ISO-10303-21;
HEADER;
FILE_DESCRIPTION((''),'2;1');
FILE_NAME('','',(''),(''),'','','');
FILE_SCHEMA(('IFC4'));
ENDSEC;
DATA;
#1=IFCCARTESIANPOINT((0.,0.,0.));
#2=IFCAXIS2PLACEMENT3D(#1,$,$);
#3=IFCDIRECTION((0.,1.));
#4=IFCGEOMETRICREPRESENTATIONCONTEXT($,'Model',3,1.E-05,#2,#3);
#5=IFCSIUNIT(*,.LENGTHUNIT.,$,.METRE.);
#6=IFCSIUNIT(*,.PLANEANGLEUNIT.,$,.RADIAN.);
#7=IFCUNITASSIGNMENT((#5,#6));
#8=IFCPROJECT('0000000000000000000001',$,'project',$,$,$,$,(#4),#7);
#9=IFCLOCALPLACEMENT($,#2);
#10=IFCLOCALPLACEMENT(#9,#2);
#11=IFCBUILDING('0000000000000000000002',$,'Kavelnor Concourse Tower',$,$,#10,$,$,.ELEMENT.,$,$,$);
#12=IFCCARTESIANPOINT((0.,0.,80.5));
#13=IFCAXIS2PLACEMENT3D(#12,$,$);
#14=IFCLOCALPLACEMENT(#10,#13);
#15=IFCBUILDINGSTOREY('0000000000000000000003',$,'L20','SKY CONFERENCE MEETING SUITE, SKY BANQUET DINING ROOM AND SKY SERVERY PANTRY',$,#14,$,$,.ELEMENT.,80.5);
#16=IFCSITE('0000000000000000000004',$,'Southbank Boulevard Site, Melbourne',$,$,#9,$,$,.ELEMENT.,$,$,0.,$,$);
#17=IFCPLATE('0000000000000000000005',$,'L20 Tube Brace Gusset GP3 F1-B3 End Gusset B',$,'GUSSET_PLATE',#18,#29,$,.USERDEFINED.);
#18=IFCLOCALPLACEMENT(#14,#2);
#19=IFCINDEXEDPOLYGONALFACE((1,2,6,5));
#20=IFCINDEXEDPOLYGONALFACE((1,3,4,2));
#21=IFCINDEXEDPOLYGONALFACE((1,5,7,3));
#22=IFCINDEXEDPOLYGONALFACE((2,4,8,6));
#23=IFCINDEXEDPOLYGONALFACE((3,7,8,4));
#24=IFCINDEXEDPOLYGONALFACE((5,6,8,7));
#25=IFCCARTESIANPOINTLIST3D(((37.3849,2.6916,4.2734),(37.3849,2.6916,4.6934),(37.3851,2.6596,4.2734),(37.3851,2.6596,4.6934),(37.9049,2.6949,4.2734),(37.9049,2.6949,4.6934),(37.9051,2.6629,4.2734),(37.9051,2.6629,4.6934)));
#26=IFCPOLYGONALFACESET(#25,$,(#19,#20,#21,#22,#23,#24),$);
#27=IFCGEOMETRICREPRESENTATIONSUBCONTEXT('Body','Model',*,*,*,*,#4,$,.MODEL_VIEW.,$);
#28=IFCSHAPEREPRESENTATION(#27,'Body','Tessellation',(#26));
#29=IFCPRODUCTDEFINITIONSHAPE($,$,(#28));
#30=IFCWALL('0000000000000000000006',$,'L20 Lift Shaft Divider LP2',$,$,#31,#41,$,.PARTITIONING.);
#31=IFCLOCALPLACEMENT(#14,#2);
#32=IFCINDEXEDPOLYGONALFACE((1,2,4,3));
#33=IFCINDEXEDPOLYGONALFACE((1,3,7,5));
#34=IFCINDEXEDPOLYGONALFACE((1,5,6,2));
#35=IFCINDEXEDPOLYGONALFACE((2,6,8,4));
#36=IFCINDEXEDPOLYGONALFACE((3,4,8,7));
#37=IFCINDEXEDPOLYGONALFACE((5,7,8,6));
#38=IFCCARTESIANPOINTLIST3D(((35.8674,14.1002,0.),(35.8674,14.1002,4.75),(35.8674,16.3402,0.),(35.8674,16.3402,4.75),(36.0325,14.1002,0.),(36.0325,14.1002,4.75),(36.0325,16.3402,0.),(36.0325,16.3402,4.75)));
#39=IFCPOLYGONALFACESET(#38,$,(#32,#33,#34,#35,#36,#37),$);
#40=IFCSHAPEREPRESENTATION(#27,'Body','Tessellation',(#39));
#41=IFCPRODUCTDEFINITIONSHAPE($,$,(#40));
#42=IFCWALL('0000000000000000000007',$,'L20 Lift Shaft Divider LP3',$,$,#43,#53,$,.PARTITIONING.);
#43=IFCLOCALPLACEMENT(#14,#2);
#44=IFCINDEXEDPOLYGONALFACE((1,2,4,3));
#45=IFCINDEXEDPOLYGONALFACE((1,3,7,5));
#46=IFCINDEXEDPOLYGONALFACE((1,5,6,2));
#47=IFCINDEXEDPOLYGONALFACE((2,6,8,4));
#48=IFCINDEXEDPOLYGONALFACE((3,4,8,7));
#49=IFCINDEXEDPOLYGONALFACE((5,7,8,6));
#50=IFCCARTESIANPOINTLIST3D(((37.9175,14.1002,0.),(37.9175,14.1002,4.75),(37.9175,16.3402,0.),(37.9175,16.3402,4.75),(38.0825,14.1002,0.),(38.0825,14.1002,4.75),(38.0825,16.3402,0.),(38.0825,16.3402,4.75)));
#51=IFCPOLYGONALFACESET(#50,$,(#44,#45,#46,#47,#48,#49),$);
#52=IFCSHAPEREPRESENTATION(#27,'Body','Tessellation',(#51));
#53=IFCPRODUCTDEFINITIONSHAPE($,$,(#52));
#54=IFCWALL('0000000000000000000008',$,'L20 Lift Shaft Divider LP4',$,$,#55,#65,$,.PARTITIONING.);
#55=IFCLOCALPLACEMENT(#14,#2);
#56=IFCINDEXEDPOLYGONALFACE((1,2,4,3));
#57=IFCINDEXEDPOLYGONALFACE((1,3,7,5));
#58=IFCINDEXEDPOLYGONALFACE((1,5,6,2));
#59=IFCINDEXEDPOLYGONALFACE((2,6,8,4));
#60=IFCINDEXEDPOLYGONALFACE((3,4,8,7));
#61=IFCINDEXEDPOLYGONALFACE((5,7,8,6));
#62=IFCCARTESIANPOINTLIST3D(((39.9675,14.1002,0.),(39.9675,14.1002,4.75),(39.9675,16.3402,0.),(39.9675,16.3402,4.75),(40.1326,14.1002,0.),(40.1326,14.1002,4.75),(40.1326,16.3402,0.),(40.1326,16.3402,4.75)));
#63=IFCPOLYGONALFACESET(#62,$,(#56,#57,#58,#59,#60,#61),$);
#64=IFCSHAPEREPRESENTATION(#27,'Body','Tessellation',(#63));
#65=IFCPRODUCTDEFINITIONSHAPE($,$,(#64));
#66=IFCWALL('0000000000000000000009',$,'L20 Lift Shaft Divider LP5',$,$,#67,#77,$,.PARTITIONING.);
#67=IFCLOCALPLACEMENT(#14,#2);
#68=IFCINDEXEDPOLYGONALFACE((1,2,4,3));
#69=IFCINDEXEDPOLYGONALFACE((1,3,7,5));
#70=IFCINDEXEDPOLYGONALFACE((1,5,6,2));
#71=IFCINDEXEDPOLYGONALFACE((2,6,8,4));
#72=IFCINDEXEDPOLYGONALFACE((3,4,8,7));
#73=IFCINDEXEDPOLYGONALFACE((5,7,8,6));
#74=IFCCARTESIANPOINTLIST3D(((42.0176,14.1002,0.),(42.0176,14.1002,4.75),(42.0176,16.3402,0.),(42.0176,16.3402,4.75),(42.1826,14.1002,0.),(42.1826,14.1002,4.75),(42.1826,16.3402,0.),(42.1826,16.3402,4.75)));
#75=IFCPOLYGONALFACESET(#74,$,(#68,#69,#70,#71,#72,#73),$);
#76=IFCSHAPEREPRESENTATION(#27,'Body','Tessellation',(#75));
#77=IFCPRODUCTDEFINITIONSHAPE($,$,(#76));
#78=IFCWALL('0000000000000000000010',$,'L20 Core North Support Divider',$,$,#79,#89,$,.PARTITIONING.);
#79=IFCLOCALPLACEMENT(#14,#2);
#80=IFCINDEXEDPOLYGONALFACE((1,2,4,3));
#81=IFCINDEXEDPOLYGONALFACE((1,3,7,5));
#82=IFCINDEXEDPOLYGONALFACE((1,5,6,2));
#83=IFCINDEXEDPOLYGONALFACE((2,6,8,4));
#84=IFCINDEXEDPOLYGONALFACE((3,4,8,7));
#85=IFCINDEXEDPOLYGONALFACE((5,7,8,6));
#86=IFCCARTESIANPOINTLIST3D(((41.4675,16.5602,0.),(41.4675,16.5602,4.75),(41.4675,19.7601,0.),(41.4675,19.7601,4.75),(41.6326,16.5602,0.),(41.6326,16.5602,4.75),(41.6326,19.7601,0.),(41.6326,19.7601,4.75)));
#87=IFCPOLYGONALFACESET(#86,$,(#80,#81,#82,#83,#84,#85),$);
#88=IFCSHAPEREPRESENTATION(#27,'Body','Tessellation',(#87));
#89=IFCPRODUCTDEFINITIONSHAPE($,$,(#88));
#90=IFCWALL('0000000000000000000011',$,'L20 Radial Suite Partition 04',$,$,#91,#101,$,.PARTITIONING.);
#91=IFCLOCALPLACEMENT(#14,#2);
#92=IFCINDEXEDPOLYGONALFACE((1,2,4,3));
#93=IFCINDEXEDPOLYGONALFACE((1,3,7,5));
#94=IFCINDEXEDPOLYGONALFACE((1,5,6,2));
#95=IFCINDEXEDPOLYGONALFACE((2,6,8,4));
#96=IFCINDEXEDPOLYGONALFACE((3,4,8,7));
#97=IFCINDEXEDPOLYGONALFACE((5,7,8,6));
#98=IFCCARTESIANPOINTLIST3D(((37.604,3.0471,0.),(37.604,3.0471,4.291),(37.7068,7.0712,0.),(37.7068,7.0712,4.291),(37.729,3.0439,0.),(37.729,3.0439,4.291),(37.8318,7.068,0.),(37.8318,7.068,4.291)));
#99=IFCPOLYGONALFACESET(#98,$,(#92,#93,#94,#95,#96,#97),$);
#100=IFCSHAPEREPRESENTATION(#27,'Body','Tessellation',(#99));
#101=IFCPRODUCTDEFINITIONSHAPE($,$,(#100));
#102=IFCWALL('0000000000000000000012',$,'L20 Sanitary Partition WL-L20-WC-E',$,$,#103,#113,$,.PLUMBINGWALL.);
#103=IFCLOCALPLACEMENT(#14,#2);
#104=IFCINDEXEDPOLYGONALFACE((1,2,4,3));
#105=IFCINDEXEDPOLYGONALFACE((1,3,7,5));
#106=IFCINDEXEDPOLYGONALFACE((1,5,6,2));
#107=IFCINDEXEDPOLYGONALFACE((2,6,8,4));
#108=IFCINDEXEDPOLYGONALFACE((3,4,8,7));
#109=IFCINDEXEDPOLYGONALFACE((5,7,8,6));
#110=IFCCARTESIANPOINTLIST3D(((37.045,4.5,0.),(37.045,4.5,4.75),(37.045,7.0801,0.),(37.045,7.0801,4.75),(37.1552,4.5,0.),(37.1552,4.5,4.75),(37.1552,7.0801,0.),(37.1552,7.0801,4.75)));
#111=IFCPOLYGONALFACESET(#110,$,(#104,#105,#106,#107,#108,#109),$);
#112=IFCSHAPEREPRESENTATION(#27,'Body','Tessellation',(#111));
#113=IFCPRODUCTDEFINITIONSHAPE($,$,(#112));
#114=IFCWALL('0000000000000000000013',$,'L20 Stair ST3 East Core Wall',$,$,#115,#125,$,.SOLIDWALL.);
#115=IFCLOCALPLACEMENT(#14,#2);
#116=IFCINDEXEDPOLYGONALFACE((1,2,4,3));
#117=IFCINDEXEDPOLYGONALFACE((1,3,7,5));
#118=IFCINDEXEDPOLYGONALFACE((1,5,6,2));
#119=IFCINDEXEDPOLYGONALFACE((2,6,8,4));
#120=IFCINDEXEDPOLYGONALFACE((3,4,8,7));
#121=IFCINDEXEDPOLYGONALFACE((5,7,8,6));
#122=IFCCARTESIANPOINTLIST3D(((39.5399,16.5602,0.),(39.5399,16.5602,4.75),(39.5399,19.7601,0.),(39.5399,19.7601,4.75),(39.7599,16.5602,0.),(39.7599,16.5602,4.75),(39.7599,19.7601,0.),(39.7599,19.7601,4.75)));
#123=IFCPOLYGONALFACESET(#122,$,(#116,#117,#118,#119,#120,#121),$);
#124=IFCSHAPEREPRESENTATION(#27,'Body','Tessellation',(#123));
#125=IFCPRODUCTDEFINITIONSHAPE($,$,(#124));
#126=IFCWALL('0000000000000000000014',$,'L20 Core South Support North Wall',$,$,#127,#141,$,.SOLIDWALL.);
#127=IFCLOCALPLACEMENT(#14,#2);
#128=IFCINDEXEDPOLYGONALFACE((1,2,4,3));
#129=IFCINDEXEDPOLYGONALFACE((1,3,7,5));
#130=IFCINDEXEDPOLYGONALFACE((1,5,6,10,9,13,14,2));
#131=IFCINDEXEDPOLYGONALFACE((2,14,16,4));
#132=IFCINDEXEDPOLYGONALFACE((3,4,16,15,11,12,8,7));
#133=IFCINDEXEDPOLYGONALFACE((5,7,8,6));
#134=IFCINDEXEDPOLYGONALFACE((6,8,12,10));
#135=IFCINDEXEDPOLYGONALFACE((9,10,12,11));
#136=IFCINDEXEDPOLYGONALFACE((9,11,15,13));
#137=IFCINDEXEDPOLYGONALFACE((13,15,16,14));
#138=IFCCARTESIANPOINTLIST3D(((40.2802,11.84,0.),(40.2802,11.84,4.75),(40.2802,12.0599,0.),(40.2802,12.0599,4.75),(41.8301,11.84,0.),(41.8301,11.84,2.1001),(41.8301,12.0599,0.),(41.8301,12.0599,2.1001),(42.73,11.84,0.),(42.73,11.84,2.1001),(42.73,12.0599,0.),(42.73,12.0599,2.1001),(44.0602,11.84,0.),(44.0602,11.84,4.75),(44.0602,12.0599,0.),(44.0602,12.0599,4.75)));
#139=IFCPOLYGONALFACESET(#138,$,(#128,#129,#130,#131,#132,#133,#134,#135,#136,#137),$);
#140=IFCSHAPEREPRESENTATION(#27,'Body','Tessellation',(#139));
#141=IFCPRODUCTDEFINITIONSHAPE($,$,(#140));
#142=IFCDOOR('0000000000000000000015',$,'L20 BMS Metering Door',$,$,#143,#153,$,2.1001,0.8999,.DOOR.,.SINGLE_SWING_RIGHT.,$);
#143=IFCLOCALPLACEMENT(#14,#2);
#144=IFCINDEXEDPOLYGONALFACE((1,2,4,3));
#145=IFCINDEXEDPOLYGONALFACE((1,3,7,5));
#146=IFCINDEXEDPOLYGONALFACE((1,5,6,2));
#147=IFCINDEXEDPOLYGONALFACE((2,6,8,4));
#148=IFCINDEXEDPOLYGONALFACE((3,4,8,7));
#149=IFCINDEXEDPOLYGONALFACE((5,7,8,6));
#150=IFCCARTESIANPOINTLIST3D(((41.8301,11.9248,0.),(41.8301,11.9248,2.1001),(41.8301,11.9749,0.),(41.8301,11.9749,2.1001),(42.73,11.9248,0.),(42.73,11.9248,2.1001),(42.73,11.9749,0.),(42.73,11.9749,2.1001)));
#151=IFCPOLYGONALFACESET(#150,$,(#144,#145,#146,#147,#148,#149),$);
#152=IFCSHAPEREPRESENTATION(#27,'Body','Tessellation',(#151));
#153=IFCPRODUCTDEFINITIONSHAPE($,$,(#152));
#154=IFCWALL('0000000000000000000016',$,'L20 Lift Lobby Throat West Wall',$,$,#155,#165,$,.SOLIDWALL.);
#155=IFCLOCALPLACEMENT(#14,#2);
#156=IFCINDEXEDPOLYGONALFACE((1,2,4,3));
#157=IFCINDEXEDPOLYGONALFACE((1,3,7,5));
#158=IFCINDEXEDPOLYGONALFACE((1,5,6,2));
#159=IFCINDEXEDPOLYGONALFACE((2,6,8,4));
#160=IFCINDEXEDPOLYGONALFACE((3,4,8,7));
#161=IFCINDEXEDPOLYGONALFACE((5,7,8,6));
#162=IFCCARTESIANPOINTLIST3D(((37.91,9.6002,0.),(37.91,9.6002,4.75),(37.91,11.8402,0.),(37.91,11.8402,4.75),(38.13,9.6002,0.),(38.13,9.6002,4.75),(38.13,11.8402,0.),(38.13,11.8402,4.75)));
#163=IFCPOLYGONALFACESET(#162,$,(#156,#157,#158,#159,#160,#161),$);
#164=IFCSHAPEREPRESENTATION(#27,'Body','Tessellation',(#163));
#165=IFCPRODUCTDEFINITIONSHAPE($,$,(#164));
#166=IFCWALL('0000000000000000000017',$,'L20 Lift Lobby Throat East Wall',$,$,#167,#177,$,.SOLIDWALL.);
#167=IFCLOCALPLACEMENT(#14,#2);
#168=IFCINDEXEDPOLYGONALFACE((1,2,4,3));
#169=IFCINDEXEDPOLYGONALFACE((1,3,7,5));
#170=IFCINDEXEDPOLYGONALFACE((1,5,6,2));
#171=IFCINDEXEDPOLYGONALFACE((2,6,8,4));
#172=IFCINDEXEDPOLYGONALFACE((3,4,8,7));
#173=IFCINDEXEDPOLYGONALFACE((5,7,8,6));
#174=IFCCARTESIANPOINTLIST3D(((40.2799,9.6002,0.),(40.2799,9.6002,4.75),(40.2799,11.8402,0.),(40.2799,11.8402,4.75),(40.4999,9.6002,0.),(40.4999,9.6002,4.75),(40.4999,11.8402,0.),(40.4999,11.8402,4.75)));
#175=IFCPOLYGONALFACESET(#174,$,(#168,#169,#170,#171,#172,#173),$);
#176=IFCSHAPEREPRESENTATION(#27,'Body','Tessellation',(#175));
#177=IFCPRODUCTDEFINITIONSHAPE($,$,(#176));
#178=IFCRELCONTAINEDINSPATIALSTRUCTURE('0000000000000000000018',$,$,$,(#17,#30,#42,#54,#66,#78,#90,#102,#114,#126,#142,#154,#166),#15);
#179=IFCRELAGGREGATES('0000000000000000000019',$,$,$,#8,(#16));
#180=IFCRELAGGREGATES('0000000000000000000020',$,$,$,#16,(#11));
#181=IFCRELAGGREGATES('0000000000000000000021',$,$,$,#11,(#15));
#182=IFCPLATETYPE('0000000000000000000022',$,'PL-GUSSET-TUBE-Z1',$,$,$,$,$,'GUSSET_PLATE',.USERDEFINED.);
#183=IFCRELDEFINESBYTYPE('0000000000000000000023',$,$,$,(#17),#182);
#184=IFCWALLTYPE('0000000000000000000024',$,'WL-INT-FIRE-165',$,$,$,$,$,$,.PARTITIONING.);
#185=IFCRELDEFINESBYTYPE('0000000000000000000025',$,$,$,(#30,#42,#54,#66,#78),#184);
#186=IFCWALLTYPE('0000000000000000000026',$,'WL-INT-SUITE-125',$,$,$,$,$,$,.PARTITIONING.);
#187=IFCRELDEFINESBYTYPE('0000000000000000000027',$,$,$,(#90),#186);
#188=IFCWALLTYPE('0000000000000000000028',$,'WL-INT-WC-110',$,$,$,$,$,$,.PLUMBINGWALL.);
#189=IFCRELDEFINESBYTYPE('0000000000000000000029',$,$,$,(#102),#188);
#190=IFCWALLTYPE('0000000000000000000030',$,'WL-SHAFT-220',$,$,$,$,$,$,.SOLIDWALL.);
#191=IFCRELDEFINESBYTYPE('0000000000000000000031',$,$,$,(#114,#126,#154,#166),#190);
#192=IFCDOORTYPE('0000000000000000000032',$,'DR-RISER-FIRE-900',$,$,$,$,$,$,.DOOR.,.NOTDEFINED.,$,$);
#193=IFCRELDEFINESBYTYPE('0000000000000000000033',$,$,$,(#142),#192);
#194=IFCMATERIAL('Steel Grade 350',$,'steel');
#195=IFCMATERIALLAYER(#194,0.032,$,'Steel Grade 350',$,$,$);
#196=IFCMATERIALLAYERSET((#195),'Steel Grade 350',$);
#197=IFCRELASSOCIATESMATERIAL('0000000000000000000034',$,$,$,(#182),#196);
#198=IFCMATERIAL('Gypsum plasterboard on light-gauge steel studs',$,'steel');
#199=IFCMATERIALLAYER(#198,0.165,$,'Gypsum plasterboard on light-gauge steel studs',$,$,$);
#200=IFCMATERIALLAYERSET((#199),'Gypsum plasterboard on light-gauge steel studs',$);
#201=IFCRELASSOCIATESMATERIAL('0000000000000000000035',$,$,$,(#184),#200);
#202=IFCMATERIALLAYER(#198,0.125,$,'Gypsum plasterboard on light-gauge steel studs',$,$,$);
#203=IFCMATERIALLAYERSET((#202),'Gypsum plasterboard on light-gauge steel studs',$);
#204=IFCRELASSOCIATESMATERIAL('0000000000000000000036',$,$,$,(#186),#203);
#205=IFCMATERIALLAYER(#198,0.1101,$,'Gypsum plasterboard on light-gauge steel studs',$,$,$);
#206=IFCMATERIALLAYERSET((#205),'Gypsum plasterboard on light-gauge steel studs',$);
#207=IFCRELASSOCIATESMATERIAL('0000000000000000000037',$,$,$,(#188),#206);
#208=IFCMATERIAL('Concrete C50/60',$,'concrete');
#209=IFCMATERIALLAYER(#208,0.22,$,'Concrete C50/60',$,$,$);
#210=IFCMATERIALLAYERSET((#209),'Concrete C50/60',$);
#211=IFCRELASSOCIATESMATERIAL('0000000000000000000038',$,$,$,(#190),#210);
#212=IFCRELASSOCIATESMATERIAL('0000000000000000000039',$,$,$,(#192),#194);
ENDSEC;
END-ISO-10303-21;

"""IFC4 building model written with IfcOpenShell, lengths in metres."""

from ifc_helpers import new_model, si_unit, direction, frame, frame_2d, origin, origin_2d, place, context, subcontext, project, spatial, rectangle, extrude, material, layer, layer_set, type_object, element, fill, save


model = new_model("IFC4")

# Units and contexts
model_context = context("Model", 3, precision=1e-05, world=origin(), true_north=direction((0.0, 1.0)))
body_context = subcontext(model_context, "Body", "Model", "MODEL_VIEW")
ifc_project = project(units=[si_unit("LENGTHUNIT", "METRE"), si_unit("PLANEANGLEUNIT", "RADIAN")], contexts=[model_context])

# Site, building, storey
site_placement = place(None, origin())
site = spatial("IfcSite", under=ifc_project, at=site_placement, Name="Southbank Boulevard Site, Melbourne", CompositionType="ELEMENT", RefElevation=0.0)
building_placement = place(site_placement, origin())
building = spatial("IfcBuilding", under=site, at=building_placement, Name="Kavelnor Concourse Tower", CompositionType="ELEMENT")
storey_placement = place(building_placement, frame((0.0, 0.0, 80.5)))
storey = spatial("IfcBuildingStorey", under=building, at=storey_placement, Name="L20", Description="SKY CONFERENCE MEETING SUITE, SKY BANQUET DINING ROOM AND SKY SERVERY PANTRY", CompositionType="ELEMENT", Elevation=80.5)

# Shared definitions
ifc_material_1 = material(Name="Steel Grade 350", Category="steel")

# Plate
ifc_layer_1 = layer(ifc_material_1, 0.032, Name="Steel Grade 350")
ifc_layer_set_1 = layer_set([ifc_layer_1], Name="Steel Grade 350")
plate_type_1 = type_object("IfcPlateType", Name="PL-GUSSET-TUBE-Z1", ElementType="GUSSET_PLATE", PredefinedType="USERDEFINED", material=ifc_layer_set_1)
for number, where, z_axis, x_axis, name in (
    (1, (37.645, 2.6772, 4.2734), (0.0, 0.0, 1.0), (-0.999979, -0.006458, 0.0), "L20 Tube Brace Gusset GP3 F1-B3 End Gusset B"),
):
    element("IfcPlate", number, at=place(storey_placement, frame(where, z_axis=z_axis, x_axis=x_axis)), inside=storey, type_object=plate_type_1, Name=name, ObjectType="GUSSET_PLATE", PredefinedType="USERDEFINED", context=body_context, shape_type="SweptSolid", body=[
        extrude(rectangle(XDim=0.52, YDim=0.032, at=origin_2d()), origin(), (0.0, 0.0, 1.0), 0.4199),
    ])

# Walls
ifc_material_2 = material(Name="Gypsum plasterboard on light-gauge steel studs", Category="steel")
ifc_layer_2 = layer(ifc_material_2, 0.165, Name="Gypsum plasterboard on light-gauge steel studs")
ifc_layer_set_2 = layer_set([ifc_layer_2], Name="Gypsum plasterboard on light-gauge steel studs")
wall_type_1 = type_object("IfcWallType", Name="WL-INT-FIRE-165", PredefinedType="PARTITIONING", material=ifc_layer_set_2)
for number, where, z_axis, x_axis, name in (
    (2, (35.95, 14.1001, 0.0), (0.0, 0.0, 1.0), (0.0, 1.0, 0.0), "L20 Lift Shaft Divider LP2"),
    (3, (38.0, 14.1001, 0.0), (0.0, 0.0, 1.0), (0.0, 1.0, 0.0), "L20 Lift Shaft Divider LP3"),
    (4, (40.05, 14.1001, 0.0), (0.0, 0.0, 1.0), (0.0, 1.0, 0.0), "L20 Lift Shaft Divider LP4"),
    (5, (42.1001, 14.1001, 0.0), (0.0, 0.0, 1.0), (0.0, 1.0, 0.0), "L20 Lift Shaft Divider LP5"),
):
    element("IfcWall", number, at=place(storey_placement, frame(where, z_axis=z_axis, x_axis=x_axis)), inside=storey, type_object=wall_type_1, Name=name, PredefinedType="PARTITIONING", context=body_context, shape_type="SweptSolid", body=[
        extrude(rectangle(XDim=2.24, YDim=0.165, at=frame_2d((1.1201, 0.0))), origin(), (0.0, 0.0, 1.0), 4.75),
    ])
wall_1_placement = place(storey_placement, frame((41.55, 16.5601, 0.0), z_axis=(0.0, 0.0, 1.0), x_axis=(0.0, 1.0, 0.0)))
element("IfcWall", 6, at=wall_1_placement, inside=storey, type_object=wall_type_1, Name="L20 Core North Support Divider", PredefinedType="PARTITIONING", context=body_context, shape_type="SweptSolid", body=[
    extrude(rectangle(XDim=3.2, YDim=0.165, at=frame_2d((1.6001, 0.0))), origin(), (0.0, 0.0, 1.0), 4.75),
])
ifc_layer_3 = layer(ifc_material_2, 0.125, Name="Gypsum plasterboard on light-gauge steel studs")
ifc_layer_set_3 = layer_set([ifc_layer_3], Name="Gypsum plasterboard on light-gauge steel studs")
wall_type_2 = type_object("IfcWallType", Name="WL-INT-SUITE-125", PredefinedType="PARTITIONING", material=ifc_layer_set_3)
wall_2_placement = place(storey_placement, frame((37.7693, 7.0696, 0.0), z_axis=(0.0, 0.0, 1.0), x_axis=(-0.025533, -0.999674, 0.0)))
element("IfcWall", 7, at=wall_2_placement, inside=storey, type_object=wall_type_2, Name="L20 Radial Suite Partition 04", PredefinedType="PARTITIONING", context=body_context, shape_type="SweptSolid", body=[
    extrude(rectangle(XDim=4.0254, YDim=0.125, at=frame_2d((2.0127, 0.0))), origin(), (0.0, 0.0, 1.0), 4.291),
])
ifc_layer_4 = layer(ifc_material_2, 0.1101, Name="Gypsum plasterboard on light-gauge steel studs")
ifc_layer_set_4 = layer_set([ifc_layer_4], Name="Gypsum plasterboard on light-gauge steel studs")
wall_type_3 = type_object("IfcWallType", Name="WL-INT-WC-110", PredefinedType="PLUMBINGWALL", material=ifc_layer_set_4)
wall_3_placement = place(storey_placement, frame((37.1001, 4.5, 0.0), z_axis=(0.0, 0.0, 1.0), x_axis=(0.0, 1.0, 0.0)))
element("IfcWall", 8, at=wall_3_placement, inside=storey, type_object=wall_type_3, Name="L20 Sanitary Partition WL-L20-WC-E", PredefinedType="PLUMBINGWALL", context=body_context, shape_type="SweptSolid", body=[
    extrude(rectangle(XDim=2.5801, YDim=0.1101, at=frame_2d((1.29, 0.0))), origin(), (0.0, 0.0, 1.0), 4.75),
])
ifc_material_3 = material(Name="Concrete C50/60", Category="concrete")
ifc_layer_5 = layer(ifc_material_3, 0.22, Name="Concrete C50/60")
ifc_layer_set_5 = layer_set([ifc_layer_5], Name="Concrete C50/60")
wall_type_4 = type_object("IfcWallType", Name="WL-SHAFT-220", PredefinedType="SOLIDWALL", material=ifc_layer_set_5)
wall_4_placement = place(storey_placement, frame((39.6499, 16.5601, 0.0), z_axis=(0.0, 0.0, 1.0), x_axis=(0.0, 1.0, 0.0)))
element("IfcWall", 9, at=wall_4_placement, inside=storey, type_object=wall_type_4, Name="L20 Stair ST3 East Core Wall", PredefinedType="SOLIDWALL", context=body_context, shape_type="SweptSolid", body=[
    extrude(rectangle(XDim=3.2, YDim=0.22, at=frame_2d((1.6001, 0.0))), origin(), (0.0, 0.0, 1.0), 4.75),
])

# Wall, opening, door
wall_5_placement = place(storey_placement, frame((40.28, 11.95, 0.0), z_axis=(0.0, 0.0, 1.0), x_axis=(1.0, 0.0, 0.0)))
wall_5 = element("IfcWall", 10, at=wall_5_placement, inside=storey, type_object=wall_type_4, Name="L20 Core South Support North Wall", PredefinedType="SOLIDWALL", context=body_context, shape_type="SweptSolid", body=[
    extrude(rectangle(XDim=3.78, YDim=0.22, at=frame_2d((1.8901, 0.0))), origin(), (0.0, 0.0, 1.0), 4.75),
])
opening_1_placement = place(wall_5_placement, frame((1.55, 0.0, 0.0)))
opening_1 = element("IfcOpeningElement", 11, at=opening_1_placement, cuts=wall_5, PredefinedType="OPENING", context=body_context, shape_type="SweptSolid", body=[
    extrude(rectangle(XDim=0.8999, YDim=2.1001, at=frame_2d((0.45, 1.05))), frame((0.0, 0.1201, 0.0), z_axis=(0.0, -1.0, 0.0), x_axis=(1.0, 0.0, 0.0)), (0.0, 0.0, 1.0), 0.24),
])
door_type_1 = type_object("IfcDoorType", Name="DR-RISER-FIRE-900", OperationType="NOTDEFINED", PredefinedType="DOOR", material=ifc_material_1)
door_1_placement = place(opening_1_placement, origin())
door_1 = element("IfcDoor", 12, at=door_1_placement, inside=storey, type_object=door_type_1, Name="L20 BMS Metering Door", OperationType="SINGLE_SWING_RIGHT", OverallHeight=2.1001, OverallWidth=0.8999, PredefinedType="DOOR", context=body_context, shape_type="SweptSolid", body=[
    extrude(rectangle(XDim=0.8999, YDim=2.1001, at=frame_2d((0.45, 1.05))), frame((0.0, 0.0249, 0.0), z_axis=(0.0, -1.0, 0.0), x_axis=(1.0, 0.0, 0.0)), (0.0, 0.0, 1.0), 0.05),
])
fill(opening_1, door_1)

# Walls
for number, where, z_axis, x_axis, name in (
    (13, (38.02, 9.6001, 0.0), (0.0, 0.0, 1.0), (0.0, 1.0, 0.0), "L20 Lift Lobby Throat West Wall"),
    (14, (40.3899, 9.6001, 0.0), (0.0, 0.0, 1.0), (0.0, 1.0, 0.0), "L20 Lift Lobby Throat East Wall"),
):
    element("IfcWall", number, at=place(storey_placement, frame(where, z_axis=z_axis, x_axis=x_axis)), inside=storey, type_object=wall_type_4, Name=name, PredefinedType="SOLIDWALL", context=body_context, shape_type="SweptSolid", body=[
        extrude(rectangle(XDim=2.24, YDim=0.22, at=frame_2d((1.1201, 0.0))), origin(), (0.0, 0.0, 1.0), 4.75),
    ])

save(model, "model.ifc")
